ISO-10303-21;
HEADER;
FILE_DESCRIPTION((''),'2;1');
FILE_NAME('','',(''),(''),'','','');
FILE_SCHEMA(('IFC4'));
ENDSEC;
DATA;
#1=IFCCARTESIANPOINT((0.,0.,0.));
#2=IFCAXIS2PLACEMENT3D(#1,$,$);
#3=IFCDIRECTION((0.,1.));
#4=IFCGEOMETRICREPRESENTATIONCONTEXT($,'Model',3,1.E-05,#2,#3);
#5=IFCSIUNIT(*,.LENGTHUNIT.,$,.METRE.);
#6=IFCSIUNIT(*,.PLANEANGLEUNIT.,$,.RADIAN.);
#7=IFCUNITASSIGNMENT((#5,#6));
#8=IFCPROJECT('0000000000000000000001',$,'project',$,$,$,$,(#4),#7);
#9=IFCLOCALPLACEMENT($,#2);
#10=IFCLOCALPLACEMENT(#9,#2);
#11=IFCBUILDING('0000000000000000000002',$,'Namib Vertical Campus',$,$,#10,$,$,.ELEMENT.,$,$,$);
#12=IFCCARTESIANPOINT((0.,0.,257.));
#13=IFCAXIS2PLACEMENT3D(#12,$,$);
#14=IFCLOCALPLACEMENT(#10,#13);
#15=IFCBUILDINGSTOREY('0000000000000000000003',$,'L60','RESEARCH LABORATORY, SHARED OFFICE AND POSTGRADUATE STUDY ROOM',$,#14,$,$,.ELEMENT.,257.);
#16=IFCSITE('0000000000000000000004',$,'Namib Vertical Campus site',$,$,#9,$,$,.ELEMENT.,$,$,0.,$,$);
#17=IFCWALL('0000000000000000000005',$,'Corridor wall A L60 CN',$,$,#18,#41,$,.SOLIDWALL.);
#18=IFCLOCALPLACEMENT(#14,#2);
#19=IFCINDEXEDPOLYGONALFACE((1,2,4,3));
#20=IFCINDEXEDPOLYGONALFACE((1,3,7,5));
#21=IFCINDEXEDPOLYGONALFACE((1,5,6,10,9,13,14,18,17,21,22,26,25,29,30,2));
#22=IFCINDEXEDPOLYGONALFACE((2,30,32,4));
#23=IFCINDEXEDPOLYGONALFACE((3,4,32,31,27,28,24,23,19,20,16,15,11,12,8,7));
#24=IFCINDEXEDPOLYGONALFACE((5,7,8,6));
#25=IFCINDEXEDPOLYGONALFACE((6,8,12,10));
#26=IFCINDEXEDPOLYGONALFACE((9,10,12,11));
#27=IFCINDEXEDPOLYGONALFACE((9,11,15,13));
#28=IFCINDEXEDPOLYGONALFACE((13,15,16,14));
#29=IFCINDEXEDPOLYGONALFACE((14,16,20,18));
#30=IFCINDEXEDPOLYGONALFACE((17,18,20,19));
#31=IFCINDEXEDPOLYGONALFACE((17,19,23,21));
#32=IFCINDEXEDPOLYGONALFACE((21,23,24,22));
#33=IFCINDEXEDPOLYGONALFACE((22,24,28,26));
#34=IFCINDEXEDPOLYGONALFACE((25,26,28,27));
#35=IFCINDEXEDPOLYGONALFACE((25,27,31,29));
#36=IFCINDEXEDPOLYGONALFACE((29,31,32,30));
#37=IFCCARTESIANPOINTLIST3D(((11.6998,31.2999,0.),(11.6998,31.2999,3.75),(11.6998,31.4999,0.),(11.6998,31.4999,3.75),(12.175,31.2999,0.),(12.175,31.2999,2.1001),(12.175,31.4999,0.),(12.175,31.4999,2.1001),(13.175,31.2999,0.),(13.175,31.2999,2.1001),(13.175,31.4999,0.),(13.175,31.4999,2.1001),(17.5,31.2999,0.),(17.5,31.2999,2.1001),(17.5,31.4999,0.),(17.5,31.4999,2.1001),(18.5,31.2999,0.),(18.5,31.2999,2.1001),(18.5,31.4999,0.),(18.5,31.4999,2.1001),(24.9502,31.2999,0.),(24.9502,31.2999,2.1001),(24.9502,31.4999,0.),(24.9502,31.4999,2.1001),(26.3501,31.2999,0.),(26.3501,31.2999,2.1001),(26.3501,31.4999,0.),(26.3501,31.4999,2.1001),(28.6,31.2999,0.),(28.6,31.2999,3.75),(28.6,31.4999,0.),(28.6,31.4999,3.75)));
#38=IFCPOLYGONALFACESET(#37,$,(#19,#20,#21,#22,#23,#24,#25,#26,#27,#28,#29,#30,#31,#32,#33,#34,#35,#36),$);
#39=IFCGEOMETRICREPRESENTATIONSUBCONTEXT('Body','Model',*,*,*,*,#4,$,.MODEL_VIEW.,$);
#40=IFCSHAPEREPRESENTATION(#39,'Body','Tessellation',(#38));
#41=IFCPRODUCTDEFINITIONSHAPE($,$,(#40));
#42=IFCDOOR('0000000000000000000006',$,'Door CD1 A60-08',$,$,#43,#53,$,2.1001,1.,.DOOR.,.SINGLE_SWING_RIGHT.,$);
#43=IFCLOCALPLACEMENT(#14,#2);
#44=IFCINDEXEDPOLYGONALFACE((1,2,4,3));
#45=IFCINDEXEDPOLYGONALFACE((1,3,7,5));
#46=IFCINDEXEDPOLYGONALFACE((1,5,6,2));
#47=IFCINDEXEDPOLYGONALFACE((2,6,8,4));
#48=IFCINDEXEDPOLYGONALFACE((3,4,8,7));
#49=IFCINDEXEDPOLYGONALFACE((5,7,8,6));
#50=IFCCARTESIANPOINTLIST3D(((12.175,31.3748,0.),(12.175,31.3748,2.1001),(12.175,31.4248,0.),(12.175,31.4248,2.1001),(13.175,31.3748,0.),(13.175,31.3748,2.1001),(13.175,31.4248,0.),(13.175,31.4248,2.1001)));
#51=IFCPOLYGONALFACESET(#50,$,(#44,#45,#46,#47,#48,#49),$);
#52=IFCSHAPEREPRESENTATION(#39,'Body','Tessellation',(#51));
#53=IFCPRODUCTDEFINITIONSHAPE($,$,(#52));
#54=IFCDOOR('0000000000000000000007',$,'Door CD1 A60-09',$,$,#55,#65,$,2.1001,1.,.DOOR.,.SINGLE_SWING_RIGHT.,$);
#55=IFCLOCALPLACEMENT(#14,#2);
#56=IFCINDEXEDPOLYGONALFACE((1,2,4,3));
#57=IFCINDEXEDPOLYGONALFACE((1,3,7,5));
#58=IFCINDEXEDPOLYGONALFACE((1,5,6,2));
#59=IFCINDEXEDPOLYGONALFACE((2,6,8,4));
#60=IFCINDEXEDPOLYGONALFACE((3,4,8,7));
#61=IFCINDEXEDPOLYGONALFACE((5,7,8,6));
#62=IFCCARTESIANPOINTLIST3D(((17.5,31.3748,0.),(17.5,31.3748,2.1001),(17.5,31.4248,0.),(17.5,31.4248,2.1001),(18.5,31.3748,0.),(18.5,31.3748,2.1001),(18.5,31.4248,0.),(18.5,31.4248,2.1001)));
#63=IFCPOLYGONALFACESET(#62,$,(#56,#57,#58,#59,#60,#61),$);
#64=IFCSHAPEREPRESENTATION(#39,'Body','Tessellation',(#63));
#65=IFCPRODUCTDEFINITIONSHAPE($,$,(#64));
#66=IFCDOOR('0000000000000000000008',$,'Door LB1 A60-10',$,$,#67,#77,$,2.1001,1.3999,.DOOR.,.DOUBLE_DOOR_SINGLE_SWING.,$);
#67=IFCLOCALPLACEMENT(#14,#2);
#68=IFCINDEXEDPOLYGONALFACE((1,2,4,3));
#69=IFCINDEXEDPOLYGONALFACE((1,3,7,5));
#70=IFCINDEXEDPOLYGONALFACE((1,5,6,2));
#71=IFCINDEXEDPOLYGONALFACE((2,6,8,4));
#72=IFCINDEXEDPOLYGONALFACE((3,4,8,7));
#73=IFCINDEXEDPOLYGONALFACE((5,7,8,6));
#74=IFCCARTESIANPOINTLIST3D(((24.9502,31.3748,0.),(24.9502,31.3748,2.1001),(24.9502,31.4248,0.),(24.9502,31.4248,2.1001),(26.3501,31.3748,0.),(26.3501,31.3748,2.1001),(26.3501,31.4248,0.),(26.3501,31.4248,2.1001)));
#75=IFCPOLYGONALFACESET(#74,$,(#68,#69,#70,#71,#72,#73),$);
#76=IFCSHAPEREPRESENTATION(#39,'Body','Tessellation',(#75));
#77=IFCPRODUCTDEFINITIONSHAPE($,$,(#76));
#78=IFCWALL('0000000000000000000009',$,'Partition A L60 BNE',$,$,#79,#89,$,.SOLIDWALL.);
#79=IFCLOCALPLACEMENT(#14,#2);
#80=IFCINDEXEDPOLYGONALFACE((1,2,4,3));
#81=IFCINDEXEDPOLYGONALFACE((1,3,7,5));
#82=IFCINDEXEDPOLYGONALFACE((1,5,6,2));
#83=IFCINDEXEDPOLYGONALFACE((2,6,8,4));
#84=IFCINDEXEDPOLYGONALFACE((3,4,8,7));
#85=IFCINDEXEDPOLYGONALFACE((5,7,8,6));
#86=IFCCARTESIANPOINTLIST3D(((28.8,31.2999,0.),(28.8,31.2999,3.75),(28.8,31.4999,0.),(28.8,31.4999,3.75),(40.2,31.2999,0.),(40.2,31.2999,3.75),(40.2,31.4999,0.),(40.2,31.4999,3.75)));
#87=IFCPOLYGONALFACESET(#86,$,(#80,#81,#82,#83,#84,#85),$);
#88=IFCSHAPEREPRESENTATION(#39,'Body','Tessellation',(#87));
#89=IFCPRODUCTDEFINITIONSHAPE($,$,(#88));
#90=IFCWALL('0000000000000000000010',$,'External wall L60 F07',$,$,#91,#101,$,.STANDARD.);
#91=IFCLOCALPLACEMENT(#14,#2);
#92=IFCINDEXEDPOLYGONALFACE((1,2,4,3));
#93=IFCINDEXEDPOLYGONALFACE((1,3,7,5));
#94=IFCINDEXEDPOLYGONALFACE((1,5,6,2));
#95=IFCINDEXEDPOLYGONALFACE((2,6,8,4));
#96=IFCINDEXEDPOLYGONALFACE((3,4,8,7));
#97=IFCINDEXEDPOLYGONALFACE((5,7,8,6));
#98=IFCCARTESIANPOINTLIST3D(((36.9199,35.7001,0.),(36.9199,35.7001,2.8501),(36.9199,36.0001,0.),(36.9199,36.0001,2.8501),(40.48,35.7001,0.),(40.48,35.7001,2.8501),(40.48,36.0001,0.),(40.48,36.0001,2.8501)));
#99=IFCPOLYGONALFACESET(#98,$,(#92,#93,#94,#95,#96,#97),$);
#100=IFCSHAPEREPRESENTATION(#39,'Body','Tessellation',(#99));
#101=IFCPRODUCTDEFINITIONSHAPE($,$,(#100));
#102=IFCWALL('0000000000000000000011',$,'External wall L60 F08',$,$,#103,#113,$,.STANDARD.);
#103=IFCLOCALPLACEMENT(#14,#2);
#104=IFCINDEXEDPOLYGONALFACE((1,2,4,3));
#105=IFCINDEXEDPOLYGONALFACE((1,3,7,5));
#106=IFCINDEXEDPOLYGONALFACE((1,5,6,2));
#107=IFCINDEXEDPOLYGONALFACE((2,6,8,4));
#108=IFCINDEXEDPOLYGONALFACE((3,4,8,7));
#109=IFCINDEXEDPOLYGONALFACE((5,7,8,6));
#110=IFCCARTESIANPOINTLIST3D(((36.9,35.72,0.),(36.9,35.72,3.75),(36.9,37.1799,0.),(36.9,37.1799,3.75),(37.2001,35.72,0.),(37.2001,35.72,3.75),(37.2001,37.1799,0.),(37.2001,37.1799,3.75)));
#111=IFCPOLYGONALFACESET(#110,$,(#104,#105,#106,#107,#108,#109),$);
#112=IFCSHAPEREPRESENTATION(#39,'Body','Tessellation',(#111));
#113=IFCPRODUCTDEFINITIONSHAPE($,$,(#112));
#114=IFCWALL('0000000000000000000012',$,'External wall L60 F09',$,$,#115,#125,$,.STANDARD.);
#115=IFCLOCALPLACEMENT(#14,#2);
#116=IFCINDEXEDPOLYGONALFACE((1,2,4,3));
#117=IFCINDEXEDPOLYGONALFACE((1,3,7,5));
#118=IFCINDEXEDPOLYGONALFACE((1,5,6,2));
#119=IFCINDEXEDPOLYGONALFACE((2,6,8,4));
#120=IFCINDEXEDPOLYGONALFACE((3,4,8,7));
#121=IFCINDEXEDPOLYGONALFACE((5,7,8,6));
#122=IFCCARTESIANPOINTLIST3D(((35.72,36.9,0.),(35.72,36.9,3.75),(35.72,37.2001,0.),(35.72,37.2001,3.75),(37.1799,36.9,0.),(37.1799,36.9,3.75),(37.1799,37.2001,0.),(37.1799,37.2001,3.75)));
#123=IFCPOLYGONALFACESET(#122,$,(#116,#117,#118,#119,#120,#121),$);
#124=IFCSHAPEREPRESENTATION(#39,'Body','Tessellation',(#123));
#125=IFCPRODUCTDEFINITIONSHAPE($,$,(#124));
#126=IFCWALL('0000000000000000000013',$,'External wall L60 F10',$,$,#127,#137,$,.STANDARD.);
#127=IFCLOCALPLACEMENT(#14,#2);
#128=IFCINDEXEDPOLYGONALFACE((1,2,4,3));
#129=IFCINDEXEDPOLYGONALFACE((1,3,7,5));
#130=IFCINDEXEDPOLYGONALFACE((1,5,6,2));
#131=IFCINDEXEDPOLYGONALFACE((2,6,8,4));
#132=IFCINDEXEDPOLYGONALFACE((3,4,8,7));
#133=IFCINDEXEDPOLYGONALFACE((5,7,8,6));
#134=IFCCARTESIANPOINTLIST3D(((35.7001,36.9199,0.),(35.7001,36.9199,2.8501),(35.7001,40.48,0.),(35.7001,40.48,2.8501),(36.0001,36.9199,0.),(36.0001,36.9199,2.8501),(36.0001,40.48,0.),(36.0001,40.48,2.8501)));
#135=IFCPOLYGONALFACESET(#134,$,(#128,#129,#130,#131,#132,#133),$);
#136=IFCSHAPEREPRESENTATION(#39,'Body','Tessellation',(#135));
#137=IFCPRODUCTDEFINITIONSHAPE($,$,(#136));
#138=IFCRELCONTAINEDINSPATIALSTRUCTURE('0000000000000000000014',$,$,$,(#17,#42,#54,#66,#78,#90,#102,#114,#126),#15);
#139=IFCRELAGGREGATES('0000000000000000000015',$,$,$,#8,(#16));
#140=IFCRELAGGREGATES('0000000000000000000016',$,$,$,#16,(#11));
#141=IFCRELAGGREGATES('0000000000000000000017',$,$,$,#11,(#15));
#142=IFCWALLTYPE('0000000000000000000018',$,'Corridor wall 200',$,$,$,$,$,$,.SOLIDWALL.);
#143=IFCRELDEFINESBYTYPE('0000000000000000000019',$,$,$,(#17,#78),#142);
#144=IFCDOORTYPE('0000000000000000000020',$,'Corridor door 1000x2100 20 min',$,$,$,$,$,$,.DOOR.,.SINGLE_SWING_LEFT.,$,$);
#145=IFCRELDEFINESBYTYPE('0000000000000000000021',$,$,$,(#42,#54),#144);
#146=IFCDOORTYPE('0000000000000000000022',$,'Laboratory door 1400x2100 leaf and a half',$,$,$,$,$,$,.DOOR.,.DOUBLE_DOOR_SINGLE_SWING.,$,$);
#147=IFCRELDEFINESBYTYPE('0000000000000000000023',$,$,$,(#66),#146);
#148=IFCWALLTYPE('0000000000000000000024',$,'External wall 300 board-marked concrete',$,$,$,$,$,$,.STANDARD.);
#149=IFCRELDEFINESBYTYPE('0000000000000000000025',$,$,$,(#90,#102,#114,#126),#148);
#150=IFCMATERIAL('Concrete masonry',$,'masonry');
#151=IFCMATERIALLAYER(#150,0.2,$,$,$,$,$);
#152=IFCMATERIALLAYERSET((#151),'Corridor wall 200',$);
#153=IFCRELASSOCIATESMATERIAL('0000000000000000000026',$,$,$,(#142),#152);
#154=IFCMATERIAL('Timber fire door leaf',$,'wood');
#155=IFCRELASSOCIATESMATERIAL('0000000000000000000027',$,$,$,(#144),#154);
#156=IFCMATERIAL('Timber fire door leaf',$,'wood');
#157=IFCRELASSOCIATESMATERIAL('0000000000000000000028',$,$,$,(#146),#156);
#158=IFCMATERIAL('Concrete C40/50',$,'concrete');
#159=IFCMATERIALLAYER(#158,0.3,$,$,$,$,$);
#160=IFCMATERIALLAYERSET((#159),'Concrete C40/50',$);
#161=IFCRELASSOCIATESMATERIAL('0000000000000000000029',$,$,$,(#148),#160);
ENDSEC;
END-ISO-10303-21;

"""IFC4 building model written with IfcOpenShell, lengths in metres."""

from ifc_helpers import new_model, si_unit, direction, frame, frame_2d, origin, place, context, subcontext, project, spatial, rectangle, extrude, material, layer, layer_set, type_object, element, fill, save


model = new_model("IFC4")

# Units and contexts
model_context = context("Model", 3, precision=1e-05, world=origin(), true_north=direction((0.0, 1.0)))
body_context = subcontext(model_context, "Body", "Model", "MODEL_VIEW")
ifc_project = project(units=[si_unit("LENGTHUNIT", "METRE"), si_unit("PLANEANGLEUNIT", "RADIAN")], contexts=[model_context])

# Site, building, storey
site_placement = place(None, origin())
site = spatial("IfcSite", under=ifc_project, at=site_placement, Name="Namib Vertical Campus site", CompositionType="ELEMENT", RefElevation=0.0)
building_placement = place(site_placement, origin())
building = spatial("IfcBuilding", under=site, at=building_placement, Name="Namib Vertical Campus", CompositionType="ELEMENT")
storey_placement = place(building_placement, frame((0.0, 0.0, 257.0)))
storey = spatial("IfcBuildingStorey", under=building, at=storey_placement, Name="L60", Description="RESEARCH LABORATORY, SHARED OFFICE AND POSTGRADUATE STUDY ROOM", CompositionType="ELEMENT", Elevation=257.0)

# Wall, openings, doors
ifc_material_1 = material(Name="Concrete masonry", Category="masonry")
ifc_layer_1 = layer(ifc_material_1, 0.2)
ifc_layer_set_1 = layer_set([ifc_layer_1], Name="Corridor wall 200")
wall_type_1 = type_object("IfcWallType", Name="Corridor wall 200", PredefinedType="SOLIDWALL", material=ifc_layer_set_1)
wall_1_placement = place(storey_placement, frame((28.6001, 31.3999, 0.0), z_axis=(0.0, 0.0, 1.0), x_axis=(-1.0, 0.0, 0.0)))
wall_1 = element("IfcWall", 1, at=wall_1_placement, inside=storey, type_object=wall_type_1, Name="Corridor wall A L60 CN", PredefinedType="SOLIDWALL", context=body_context, shape_type="SweptSolid", body=[
    extrude(rectangle(XDim=16.9001, YDim=0.2, at=frame_2d((8.4502, 0.0))), origin(), (0.0, 0.0, 1.0), 3.75),
])
opening_1_placement = place(wall_1_placement, frame((15.425, 0.0, 0.0)))
opening_1 = element("IfcOpeningElement", 2, at=opening_1_placement, cuts=wall_1, PredefinedType="OPENING", context=body_context, shape_type="SweptSolid", body=[
    extrude(rectangle(XDim=1.0, YDim=2.1001, at=frame_2d((0.5, 1.05))), frame((0.0, 0.1099, 0.0), z_axis=(0.0, -1.0, 0.0), x_axis=(1.0, 0.0, 0.0)), (0.0, 0.0, 1.0), 0.22),
])
opening_2_placement = place(wall_1_placement, frame((10.1001, 0.0, 0.0)))
opening_2 = element("IfcOpeningElement", 3, at=opening_2_placement, cuts=wall_1, PredefinedType="OPENING", context=body_context, shape_type="SweptSolid", body=[
    extrude(rectangle(XDim=1.0, YDim=2.1001, at=frame_2d((0.5, 1.05))), frame((0.0, 0.1099, 0.0), z_axis=(0.0, -1.0, 0.0), x_axis=(1.0, 0.0, 0.0)), (0.0, 0.0, 1.0), 0.22),
])
opening_3_placement = place(wall_1_placement, frame((2.25, 0.0, 0.0)))
opening_3 = element("IfcOpeningElement", 4, at=opening_3_placement, cuts=wall_1, PredefinedType="OPENING", context=body_context, shape_type="SweptSolid", body=[
    extrude(rectangle(XDim=1.3999, YDim=2.1001, at=frame_2d((0.7, 1.05))), frame((0.0, 0.1099, 0.0), z_axis=(0.0, -1.0, 0.0), x_axis=(1.0, 0.0, 0.0)), (0.0, 0.0, 1.0), 0.22),
])
ifc_material_2 = material(Name="Timber fire door leaf", Category="wood")
door_type_1 = type_object("IfcDoorType", Name="Corridor door 1000x2100 20 min", OperationType="SINGLE_SWING_LEFT", PredefinedType="DOOR", material=ifc_material_2)
door_1_placement = place(opening_1_placement, frame((1.0, 0.0, 0.0), z_axis=(0.0, 0.0, 1.0), x_axis=(-1.0, 0.0, 0.0)))
door_1 = element("IfcDoor", 5, at=door_1_placement, inside=storey, type_object=door_type_1, Name="Door CD1 A60-08", OperationType="SINGLE_SWING_RIGHT", OverallHeight=2.1001, OverallWidth=1.0, PredefinedType="DOOR", context=body_context, shape_type="SweptSolid", body=[
    extrude(rectangle(XDim=1.0, YDim=2.1001, at=frame_2d((0.5, 1.05))), frame((0.0, 0.0249, 0.0), z_axis=(0.0, -1.0, 0.0), x_axis=(1.0, 0.0, 0.0)), (0.0, 0.0, 1.0), 0.05),
])
fill(opening_1, door_1)
door_2_placement = place(opening_2_placement, frame((1.0, 0.0, 0.0), z_axis=(0.0, 0.0, 1.0), x_axis=(-1.0, 0.0, 0.0)))
door_2 = element("IfcDoor", 6, at=door_2_placement, inside=storey, type_object=door_type_1, Name="Door CD1 A60-09", OperationType="SINGLE_SWING_RIGHT", OverallHeight=2.1001, OverallWidth=1.0, PredefinedType="DOOR", context=body_context, shape_type="SweptSolid", body=[
    extrude(rectangle(XDim=1.0, YDim=2.1001, at=frame_2d((0.5, 1.05))), frame((0.0, 0.0249, 0.0), z_axis=(0.0, -1.0, 0.0), x_axis=(1.0, 0.0, 0.0)), (0.0, 0.0, 1.0), 0.05),
])
fill(opening_2, door_2)
ifc_material_3 = material(Name="Timber fire door leaf", Category="wood")
door_type_2 = type_object("IfcDoorType", Name="Laboratory door 1400x2100 leaf and a half", OperationType="DOUBLE_DOOR_SINGLE_SWING", PredefinedType="DOOR", material=ifc_material_3)
door_3_placement = place(opening_3_placement, frame((1.3999, 0.0, 0.0), z_axis=(0.0, 0.0, 1.0), x_axis=(-1.0, 0.0, 0.0)))
door_3 = element("IfcDoor", 7, at=door_3_placement, inside=storey, type_object=door_type_2, Name="Door LB1 A60-10", OperationType="DOUBLE_DOOR_SINGLE_SWING", OverallHeight=2.1001, OverallWidth=1.3999, PredefinedType="DOOR", context=body_context, shape_type="SweptSolid", body=[
    extrude(rectangle(XDim=1.3999, YDim=2.1001, at=frame_2d((0.7, 1.05))), frame((0.0, 0.0249, 0.0), z_axis=(0.0, -1.0, 0.0), x_axis=(1.0, 0.0, 0.0)), (0.0, 0.0, 1.0), 0.05),
])
fill(opening_3, door_3)

# Walls
wall_2_placement = place(storey_placement, frame((28.8, 31.3999, 0.0), z_axis=(0.0, 0.0, 1.0), x_axis=(1.0, 0.0, 0.0)))
element("IfcWall", 8, at=wall_2_placement, inside=storey, type_object=wall_type_1, Name="Partition A L60 BNE", PredefinedType="SOLIDWALL", context=body_context, shape_type="SweptSolid", body=[
    extrude(rectangle(XDim=11.3999, YDim=0.2, at=frame_2d((5.7, 0.0))), origin(), (0.0, 0.0, 1.0), 3.75),
])
ifc_material_4 = material(Name="Concrete C40/50", Category="concrete")
ifc_layer_2 = layer(ifc_material_4, 0.3)
ifc_layer_set_2 = layer_set([ifc_layer_2], Name="Concrete C40/50")
wall_type_2 = type_object("IfcWallType", Name="External wall 300 board-marked concrete", PredefinedType="STANDARD", material=ifc_layer_set_2)
wall_3_placement = place(storey_placement, frame((40.48, 35.8501, 0.0), z_axis=(0.0, 0.0, 1.0), x_axis=(-1.0, 0.0, 0.0)))
element("IfcWall", 9, at=wall_3_placement, inside=storey, type_object=wall_type_2, Name="External wall L60 F07", PredefinedType="STANDARD", context=body_context, shape_type="SweptSolid", body=[
    extrude(rectangle(XDim=3.5601, YDim=0.3, at=frame_2d((1.78, 0.0))), origin(), (0.0, 0.0, 1.0), 2.8501),
])
for number, where, z_axis, x_axis, name in (
    (10, (37.05, 35.72, 0.0), (0.0, 0.0, 1.0), (0.0, 1.0, 0.0), "External wall L60 F08"),
    (11, (37.1799, 37.05, 0.0), (0.0, 0.0, 1.0), (-1.0, 0.0, 0.0), "External wall L60 F09"),
):
    element("IfcWall", number, at=place(storey_placement, frame(where, z_axis=z_axis, x_axis=x_axis)), inside=storey, type_object=wall_type_2, Name=name, PredefinedType="STANDARD", context=body_context, shape_type="SweptSolid", body=[
        extrude(rectangle(XDim=1.46, YDim=0.3, at=frame_2d((0.73, 0.0))), origin(), (0.0, 0.0, 1.0), 3.75),
    ])
wall_4_placement = place(storey_placement, frame((35.8501, 36.9199, 0.0), z_axis=(0.0, 0.0, 1.0), x_axis=(0.0, 1.0, 0.0)))
element("IfcWall", 12, at=wall_4_placement, inside=storey, type_object=wall_type_2, Name="External wall L60 F10", PredefinedType="STANDARD", context=body_context, shape_type="SweptSolid", body=[
    extrude(rectangle(XDim=3.5601, YDim=0.3, at=frame_2d((1.78, 0.0))), origin(), (0.0, 0.0, 1.0), 2.8501),
])

save(model, "model.ifc")
